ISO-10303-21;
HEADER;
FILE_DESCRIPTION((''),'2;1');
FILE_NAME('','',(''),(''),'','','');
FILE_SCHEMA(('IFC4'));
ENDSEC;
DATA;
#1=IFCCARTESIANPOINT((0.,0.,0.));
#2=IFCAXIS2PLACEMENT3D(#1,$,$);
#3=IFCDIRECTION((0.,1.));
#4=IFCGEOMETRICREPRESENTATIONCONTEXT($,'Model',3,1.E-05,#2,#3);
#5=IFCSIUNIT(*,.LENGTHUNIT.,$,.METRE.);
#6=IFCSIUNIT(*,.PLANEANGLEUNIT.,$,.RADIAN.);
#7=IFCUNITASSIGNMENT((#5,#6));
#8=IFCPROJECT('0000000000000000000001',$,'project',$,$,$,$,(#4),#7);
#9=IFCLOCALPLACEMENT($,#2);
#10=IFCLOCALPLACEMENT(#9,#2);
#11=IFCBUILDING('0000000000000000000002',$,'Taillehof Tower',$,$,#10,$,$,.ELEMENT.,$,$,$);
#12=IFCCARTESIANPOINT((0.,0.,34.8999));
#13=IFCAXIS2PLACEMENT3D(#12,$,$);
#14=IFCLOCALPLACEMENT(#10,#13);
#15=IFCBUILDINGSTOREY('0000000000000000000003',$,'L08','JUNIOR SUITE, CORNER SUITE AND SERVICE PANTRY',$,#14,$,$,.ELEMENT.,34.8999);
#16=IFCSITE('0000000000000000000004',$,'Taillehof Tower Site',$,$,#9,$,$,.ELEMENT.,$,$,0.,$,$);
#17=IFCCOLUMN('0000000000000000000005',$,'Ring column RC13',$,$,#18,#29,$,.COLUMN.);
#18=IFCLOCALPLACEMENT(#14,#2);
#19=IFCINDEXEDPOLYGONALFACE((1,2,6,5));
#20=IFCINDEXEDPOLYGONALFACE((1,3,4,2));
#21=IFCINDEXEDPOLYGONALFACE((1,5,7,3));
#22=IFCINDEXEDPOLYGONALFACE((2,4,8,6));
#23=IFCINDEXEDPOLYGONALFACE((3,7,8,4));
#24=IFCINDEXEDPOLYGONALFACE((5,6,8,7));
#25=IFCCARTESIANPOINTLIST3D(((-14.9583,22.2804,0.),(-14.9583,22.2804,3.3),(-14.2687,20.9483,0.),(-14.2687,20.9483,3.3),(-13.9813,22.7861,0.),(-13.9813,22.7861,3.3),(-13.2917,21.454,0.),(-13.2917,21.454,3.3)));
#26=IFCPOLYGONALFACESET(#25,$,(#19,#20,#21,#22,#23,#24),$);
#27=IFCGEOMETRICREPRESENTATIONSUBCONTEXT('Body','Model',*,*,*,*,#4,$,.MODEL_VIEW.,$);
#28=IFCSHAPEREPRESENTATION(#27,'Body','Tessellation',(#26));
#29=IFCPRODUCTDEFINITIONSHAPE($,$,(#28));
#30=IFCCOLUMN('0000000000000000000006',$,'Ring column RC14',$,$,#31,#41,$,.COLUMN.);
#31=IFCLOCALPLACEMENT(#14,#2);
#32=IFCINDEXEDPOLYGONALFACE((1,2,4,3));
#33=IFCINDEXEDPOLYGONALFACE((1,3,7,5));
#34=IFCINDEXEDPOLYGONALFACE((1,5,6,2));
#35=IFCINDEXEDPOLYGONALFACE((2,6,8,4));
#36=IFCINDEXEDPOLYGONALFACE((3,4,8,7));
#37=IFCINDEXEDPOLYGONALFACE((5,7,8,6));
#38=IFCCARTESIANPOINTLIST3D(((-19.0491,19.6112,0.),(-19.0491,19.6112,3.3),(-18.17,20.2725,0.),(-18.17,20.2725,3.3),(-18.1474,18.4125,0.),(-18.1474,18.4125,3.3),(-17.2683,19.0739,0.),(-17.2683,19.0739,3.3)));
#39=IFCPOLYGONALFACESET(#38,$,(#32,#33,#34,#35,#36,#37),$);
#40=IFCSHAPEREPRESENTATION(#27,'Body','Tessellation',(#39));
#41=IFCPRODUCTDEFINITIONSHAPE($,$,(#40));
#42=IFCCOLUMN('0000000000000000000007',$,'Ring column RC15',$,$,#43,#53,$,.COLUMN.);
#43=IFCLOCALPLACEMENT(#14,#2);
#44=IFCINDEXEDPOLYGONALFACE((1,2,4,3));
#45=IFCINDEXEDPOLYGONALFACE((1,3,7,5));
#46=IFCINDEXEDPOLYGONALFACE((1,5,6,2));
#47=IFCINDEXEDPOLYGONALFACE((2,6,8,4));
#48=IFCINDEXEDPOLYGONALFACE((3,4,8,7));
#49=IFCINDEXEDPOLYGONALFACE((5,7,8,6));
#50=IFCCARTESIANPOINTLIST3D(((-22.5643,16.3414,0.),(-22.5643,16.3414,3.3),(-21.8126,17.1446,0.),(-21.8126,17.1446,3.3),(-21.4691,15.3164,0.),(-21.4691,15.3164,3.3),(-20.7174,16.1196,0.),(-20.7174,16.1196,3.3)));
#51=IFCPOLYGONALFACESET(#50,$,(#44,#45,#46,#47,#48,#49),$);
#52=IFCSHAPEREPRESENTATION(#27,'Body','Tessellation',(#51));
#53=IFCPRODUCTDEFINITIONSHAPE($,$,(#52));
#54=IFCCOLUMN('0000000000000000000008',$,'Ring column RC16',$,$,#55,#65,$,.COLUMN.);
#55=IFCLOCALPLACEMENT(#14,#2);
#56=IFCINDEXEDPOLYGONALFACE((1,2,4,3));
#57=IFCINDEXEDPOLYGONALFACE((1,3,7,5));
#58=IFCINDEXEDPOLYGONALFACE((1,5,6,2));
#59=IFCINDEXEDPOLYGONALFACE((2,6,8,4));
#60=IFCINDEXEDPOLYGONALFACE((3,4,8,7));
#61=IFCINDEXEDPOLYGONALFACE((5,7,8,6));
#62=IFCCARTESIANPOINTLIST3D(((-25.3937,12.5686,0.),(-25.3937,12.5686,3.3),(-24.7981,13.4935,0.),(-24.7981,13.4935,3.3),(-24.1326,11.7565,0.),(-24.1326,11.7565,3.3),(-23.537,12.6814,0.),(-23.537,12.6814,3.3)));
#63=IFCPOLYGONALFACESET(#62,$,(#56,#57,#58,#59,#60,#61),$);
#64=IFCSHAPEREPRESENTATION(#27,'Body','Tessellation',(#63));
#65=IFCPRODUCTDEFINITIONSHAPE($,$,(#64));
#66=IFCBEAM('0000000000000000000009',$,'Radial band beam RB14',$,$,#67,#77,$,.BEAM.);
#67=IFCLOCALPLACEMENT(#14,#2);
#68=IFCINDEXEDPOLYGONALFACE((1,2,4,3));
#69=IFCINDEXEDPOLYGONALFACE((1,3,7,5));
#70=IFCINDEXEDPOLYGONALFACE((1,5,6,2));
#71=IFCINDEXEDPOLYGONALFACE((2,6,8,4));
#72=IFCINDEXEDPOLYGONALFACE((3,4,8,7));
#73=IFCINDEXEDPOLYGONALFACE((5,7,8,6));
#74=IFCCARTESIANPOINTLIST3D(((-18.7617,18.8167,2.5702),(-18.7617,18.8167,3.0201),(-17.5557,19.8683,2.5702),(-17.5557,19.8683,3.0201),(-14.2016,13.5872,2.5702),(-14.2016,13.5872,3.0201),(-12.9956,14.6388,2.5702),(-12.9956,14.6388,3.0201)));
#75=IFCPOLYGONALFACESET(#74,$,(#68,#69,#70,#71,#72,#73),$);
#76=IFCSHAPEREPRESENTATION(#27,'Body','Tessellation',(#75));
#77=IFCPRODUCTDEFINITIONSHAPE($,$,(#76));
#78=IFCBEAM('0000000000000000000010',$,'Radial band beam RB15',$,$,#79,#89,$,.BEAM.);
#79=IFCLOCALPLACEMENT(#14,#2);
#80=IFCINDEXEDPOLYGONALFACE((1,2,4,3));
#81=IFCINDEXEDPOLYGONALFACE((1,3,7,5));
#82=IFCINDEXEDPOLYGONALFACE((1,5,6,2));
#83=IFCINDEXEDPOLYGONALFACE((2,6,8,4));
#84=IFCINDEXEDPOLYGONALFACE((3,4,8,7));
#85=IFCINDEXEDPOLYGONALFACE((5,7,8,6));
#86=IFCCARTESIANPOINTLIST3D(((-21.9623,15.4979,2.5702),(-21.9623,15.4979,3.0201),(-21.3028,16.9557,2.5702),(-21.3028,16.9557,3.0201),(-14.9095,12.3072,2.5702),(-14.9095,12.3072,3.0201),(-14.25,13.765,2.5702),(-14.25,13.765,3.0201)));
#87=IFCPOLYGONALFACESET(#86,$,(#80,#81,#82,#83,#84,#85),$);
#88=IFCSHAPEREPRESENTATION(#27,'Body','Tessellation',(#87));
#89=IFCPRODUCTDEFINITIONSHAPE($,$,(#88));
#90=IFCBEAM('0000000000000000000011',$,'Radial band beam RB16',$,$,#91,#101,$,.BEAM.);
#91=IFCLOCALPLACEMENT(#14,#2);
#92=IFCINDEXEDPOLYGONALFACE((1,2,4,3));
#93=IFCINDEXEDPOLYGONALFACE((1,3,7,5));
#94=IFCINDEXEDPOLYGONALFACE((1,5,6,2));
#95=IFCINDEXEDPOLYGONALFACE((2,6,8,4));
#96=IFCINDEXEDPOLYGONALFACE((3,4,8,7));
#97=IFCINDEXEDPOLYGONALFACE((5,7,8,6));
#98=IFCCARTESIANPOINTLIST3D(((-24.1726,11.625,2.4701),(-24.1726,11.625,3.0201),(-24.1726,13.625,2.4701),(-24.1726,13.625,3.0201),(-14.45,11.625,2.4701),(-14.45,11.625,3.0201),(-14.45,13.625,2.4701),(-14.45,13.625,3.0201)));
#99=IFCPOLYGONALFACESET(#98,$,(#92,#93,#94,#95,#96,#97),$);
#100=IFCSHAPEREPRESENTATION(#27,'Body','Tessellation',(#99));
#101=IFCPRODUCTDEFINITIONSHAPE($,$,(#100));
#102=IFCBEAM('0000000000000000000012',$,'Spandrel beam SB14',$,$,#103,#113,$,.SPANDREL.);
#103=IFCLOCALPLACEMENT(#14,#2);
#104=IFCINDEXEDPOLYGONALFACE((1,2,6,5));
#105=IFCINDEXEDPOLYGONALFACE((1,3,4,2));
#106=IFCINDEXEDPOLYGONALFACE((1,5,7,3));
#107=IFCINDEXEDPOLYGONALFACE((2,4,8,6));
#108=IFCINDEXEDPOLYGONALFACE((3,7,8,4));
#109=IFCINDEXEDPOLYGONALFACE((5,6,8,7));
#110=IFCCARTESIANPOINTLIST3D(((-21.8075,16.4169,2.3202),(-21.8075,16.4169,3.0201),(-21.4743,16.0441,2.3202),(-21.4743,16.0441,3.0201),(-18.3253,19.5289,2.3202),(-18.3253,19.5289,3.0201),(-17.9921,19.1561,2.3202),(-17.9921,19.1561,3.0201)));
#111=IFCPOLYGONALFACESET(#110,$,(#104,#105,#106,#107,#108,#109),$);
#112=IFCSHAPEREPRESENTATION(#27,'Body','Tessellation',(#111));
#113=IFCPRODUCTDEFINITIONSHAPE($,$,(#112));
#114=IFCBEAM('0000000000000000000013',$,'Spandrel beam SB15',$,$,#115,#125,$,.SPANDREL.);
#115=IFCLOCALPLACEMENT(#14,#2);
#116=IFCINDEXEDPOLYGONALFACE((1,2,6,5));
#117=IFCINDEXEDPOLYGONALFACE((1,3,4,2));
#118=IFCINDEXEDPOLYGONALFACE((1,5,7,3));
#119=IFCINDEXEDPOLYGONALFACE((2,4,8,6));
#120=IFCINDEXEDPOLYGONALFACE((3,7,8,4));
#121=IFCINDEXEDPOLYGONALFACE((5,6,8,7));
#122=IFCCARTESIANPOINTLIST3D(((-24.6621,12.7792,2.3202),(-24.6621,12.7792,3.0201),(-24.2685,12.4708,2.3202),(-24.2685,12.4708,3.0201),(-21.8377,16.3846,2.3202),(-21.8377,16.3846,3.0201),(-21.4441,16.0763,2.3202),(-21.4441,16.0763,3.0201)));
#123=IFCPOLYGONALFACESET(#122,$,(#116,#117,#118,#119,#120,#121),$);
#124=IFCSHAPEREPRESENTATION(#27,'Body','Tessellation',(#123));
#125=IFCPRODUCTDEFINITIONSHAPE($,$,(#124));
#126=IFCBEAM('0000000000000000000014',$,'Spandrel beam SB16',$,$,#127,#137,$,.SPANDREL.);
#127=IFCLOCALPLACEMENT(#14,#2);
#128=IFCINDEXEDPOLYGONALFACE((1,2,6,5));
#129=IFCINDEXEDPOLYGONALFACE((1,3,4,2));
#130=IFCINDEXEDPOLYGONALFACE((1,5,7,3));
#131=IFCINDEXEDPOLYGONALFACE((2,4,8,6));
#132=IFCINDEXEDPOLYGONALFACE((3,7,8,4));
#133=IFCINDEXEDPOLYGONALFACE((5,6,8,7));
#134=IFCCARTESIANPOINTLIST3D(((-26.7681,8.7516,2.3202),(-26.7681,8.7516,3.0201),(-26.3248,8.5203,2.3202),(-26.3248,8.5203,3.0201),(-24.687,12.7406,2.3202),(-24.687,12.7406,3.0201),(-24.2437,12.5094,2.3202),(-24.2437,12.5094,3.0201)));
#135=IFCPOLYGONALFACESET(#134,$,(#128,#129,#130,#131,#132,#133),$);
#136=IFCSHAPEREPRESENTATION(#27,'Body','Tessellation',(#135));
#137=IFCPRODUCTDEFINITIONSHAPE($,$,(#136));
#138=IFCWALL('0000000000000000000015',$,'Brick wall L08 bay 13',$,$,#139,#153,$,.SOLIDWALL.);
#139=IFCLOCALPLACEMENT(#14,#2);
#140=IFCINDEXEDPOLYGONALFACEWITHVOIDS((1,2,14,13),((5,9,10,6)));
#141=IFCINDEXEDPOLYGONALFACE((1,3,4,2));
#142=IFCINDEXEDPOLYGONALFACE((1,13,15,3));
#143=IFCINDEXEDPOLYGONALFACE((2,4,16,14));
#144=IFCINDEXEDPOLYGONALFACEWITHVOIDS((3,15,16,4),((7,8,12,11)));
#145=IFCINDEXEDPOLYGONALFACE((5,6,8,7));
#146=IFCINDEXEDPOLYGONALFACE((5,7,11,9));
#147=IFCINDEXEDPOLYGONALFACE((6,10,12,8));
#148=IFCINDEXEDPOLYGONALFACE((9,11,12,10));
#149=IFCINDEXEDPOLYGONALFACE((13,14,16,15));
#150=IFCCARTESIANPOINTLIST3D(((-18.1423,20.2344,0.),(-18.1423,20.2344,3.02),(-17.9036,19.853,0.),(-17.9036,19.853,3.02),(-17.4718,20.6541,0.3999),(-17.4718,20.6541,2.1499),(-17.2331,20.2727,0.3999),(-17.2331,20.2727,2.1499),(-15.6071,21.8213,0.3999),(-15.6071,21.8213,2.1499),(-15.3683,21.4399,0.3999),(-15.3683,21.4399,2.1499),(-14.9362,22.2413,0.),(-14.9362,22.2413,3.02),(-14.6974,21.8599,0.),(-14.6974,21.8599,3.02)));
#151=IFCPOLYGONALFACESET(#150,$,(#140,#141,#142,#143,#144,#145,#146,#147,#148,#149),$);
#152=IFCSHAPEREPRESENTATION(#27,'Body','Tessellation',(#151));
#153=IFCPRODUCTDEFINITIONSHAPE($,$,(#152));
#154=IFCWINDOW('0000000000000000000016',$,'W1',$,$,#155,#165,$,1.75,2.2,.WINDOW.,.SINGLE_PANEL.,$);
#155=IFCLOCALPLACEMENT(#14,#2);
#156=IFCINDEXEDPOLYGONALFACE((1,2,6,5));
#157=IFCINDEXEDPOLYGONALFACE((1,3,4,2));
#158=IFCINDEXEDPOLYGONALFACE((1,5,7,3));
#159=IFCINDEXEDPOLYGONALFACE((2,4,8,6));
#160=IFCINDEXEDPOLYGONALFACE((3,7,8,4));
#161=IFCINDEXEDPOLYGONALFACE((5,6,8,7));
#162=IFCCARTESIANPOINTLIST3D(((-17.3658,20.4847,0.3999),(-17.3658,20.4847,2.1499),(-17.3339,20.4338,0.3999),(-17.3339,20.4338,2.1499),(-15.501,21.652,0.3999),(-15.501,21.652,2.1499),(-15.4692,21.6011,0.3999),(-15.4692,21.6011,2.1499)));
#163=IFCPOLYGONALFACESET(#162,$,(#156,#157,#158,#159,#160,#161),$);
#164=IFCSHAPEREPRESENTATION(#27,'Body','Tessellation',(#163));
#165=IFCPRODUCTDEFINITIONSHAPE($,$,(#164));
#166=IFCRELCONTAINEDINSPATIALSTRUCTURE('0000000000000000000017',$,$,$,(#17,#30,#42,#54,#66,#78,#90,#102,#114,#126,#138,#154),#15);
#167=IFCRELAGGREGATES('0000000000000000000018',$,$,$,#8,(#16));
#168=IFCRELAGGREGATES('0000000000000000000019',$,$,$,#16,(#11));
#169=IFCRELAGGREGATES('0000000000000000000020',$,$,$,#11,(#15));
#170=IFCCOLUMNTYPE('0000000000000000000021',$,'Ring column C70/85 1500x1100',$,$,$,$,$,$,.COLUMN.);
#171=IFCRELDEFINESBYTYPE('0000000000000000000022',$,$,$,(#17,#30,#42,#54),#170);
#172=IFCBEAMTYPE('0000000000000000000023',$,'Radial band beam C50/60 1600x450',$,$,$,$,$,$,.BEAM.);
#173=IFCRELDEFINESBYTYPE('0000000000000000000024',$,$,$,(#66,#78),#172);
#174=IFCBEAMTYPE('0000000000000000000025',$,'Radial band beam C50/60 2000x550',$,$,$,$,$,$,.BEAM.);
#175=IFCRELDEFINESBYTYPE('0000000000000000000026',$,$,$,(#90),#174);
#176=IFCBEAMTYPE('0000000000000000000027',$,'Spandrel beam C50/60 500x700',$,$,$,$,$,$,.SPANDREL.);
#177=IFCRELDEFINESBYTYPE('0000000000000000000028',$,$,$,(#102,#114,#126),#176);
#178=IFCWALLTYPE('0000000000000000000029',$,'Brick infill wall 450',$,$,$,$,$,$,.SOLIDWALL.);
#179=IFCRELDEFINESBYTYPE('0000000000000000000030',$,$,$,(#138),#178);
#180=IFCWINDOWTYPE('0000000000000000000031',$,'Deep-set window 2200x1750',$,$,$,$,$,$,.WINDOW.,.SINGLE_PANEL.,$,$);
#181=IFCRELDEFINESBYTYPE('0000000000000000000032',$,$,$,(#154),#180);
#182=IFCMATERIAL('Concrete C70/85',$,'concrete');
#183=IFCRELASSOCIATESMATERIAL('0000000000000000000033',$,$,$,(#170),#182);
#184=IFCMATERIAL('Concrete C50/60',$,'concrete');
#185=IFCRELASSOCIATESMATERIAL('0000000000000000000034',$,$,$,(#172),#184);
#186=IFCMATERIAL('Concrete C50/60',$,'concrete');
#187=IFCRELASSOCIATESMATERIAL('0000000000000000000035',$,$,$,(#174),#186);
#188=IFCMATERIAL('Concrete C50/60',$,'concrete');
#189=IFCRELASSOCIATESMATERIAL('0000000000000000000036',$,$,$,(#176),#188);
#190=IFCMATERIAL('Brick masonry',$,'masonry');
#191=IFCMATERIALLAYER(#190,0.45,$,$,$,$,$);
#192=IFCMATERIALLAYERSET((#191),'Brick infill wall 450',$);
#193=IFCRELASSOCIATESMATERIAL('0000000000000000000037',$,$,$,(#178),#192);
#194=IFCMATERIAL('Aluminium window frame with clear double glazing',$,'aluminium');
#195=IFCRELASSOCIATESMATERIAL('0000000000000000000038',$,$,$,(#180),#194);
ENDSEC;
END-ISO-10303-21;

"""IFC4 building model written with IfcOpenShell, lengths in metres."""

from ifc_helpers import new_model, si_unit, direction, frame, frame_2d, origin, origin_2d, place, context, subcontext, project, spatial, rectangle, extrude, material, layer, layer_set, material_profile, profile_set, type_object, element, fill, save


model = new_model("IFC4")

# Units and contexts
model_context = context("Model", 3, precision=1e-05, world=origin(), true_north=direction((0.0, 1.0)))
body_context = subcontext(model_context, "Body", "Model", "MODEL_VIEW")
ifc_project = project(units=[si_unit("LENGTHUNIT", "METRE"), si_unit("PLANEANGLEUNIT", "RADIAN")], contexts=[model_context])

# Site, building, storey
site_placement = place(None, origin())
site = spatial("IfcSite", under=ifc_project, at=site_placement, Name="Taillehof Tower Site", CompositionType="ELEMENT", RefElevation=0.0)
building_placement = place(site_placement, origin())
building = spatial("IfcBuilding", under=site, at=building_placement, Name="Taillehof Tower", CompositionType="ELEMENT")
storey_placement = place(building_placement, frame((0.0, 0.0, 34.8999)))
storey = spatial("IfcBuildingStorey", under=building, at=storey_placement, Name="L08", Description="JUNIOR SUITE, CORNER SUITE AND SERVICE PANTRY", CompositionType="ELEMENT", Elevation=34.8999)

# Columns
ifc_material_1 = material(Name="Concrete C70/85", Category="concrete")
ifc_material_profile_1 = material_profile(ifc_material_1, rectangle(XDim=1.5, YDim=1.1001, at=origin_2d()), Name="RC 1500x1100")
ifc_profile_set_1 = profile_set([ifc_material_profile_1], Name="Concrete C70/85")
column_type = type_object("IfcColumnType", Name="Ring column C70/85 1500x1100", PredefinedType="COLUMN", material=ifc_profile_set_1)
for number, where, z_axis, x_axis, name in (
    (1, (-14.125, 21.8672, 0.0), (0.0, 0.0, 1.0), (-0.459691, 0.888079, 0.0), "Ring column RC13"),
    (2, (-18.1587, 19.3425, 0.0), (0.0, 0.0, 1.0), (-0.601174, 0.799118, 0.0), "Ring column RC14"),
    (3, (-21.6409, 16.2305, 0.0), (0.0, 0.0, 1.0), (-0.730113, 0.683326, 0.0), "Ring column RC15"),
    (4, (-24.4653, 12.625, 0.0), (0.0, 0.0, 1.0), (-0.840754, 0.541418, 0.0), "Ring column RC16"),
):
    element("IfcColumn", number, at=place(storey_placement, frame(where, z_axis=z_axis, x_axis=x_axis)), inside=storey, type_object=column_type, Name=name, PredefinedType="COLUMN", context=body_context, shape_type="SweptSolid", body=[
        extrude(rectangle(XDim=1.5, YDim=1.1001, at=origin_2d()), origin(), (0.0, 0.0, 1.0), 3.3),
    ])

# Beams
ifc_material_2 = material(Name="Concrete C50/60", Category="concrete")
ifc_material_profile_2 = material_profile(ifc_material_2, rectangle(XDim=1.6001, YDim=0.45, at=origin_2d()), Name="RC 1600x450")
ifc_profile_set_2 = profile_set([ifc_material_profile_2], Name="Concrete C50/60")
beam_type_1 = type_object("IfcBeamType", Name="Radial band beam C50/60 1600x450", PredefinedType="BEAM", material=ifc_profile_set_2)
beam_1_placement = place(storey_placement, frame((-18.1587, 19.3425, 2.7952), z_axis=(0.657218, -0.7537, 0.0), x_axis=(0.7537, 0.657218, 0.0)))
element("IfcBeam", 5, at=beam_1_placement, inside=storey, type_object=beam_type_1, Name="Radial band beam RB14", PredefinedType="BEAM", context=body_context, shape_type="SweptSolid", body=[
    extrude(rectangle(XDim=1.6001, YDim=0.45, at=origin_2d()), origin(), (0.0, 0.0, 1.0), 6.9385),
])
beam_2_placement = place(storey_placement, frame((-21.6326, 16.2268, 2.7952), z_axis=(0.911101, -0.412184, 0.0), x_axis=(0.412184, 0.911101, 0.0)))
element("IfcBeam", 6, at=beam_2_placement, inside=storey, type_object=beam_type_1, Name="Radial band beam RB15", PredefinedType="BEAM", context=body_context, shape_type="SweptSolid", body=[
    extrude(rectangle(XDim=1.6001, YDim=0.45, at=origin_2d()), origin(), (0.0, 0.0, 1.0), 7.741),
])
ifc_material_3 = material(Name="Concrete C50/60", Category="concrete")
ifc_material_profile_3 = material_profile(ifc_material_3, rectangle(XDim=2.0, YDim=0.55, at=origin_2d()), Name="RC 2000x550")
ifc_profile_set_3 = profile_set([ifc_material_profile_3], Name="Concrete C50/60")
beam_type_2 = type_object("IfcBeamType", Name="Radial band beam C50/60 2000x550", PredefinedType="BEAM", material=ifc_profile_set_3)
beam_3_placement = place(storey_placement, frame((-24.1726, 12.625, 2.7451), z_axis=(1.0, 0.0, 0.0), x_axis=(0.0, 1.0, 0.0)))
element("IfcBeam", 7, at=beam_3_placement, inside=storey, type_object=beam_type_2, Name="Radial band beam RB16", PredefinedType="BEAM", context=body_context, shape_type="SweptSolid", body=[
    extrude(rectangle(XDim=2.0, YDim=0.55, at=origin_2d()), origin(), (0.0, 0.0, 1.0), 9.7227),
])
ifc_material_4 = material(Name="Concrete C50/60", Category="concrete")
ifc_material_profile_4 = material_profile(ifc_material_4, rectangle(XDim=0.5, YDim=0.7, at=origin_2d()), Name="RC 500x700")
ifc_profile_set_4 = profile_set([ifc_material_profile_4], Name="Concrete C50/60")
beam_type_3 = type_object("IfcBeamType", Name="Spandrel beam C50/60 500x700", PredefinedType="SPANDREL", material=ifc_profile_set_4)
beam_4_placement = place(storey_placement, frame((-18.1587, 19.3425, 2.6702), z_axis=(-0.745621, -0.66637, 0.0), x_axis=(0.66637, -0.745621, 0.0)))
element("IfcBeam", 8, at=beam_4_placement, inside=storey, type_object=beam_type_3, Name="Spandrel beam SB14", PredefinedType="SPANDREL", context=body_context, shape_type="SweptSolid", body=[
    extrude(rectangle(XDim=0.5, YDim=0.7, at=origin_2d()), origin(), (0.0, 0.0, 1.0), 4.6702),
])
beam_5_placement = place(storey_placement, frame((-21.6409, 16.2305, 2.6702), z_axis=(-0.616686, -0.787209, 0.0), x_axis=(0.787209, -0.616686, 0.0)))
element("IfcBeam", 9, at=beam_5_placement, inside=storey, type_object=beam_type_3, Name="Spandrel beam SB15", PredefinedType="SPANDREL", context=body_context, shape_type="SweptSolid", body=[
    extrude(rectangle(XDim=0.5, YDim=0.7, at=origin_2d()), origin(), (0.0, 0.0, 1.0), 4.5801),
])
beam_6_placement = place(storey_placement, frame((-24.4653, 12.625, 2.6702), z_axis=(-0.462536, -0.8866, 0.0), x_axis=(0.8866, -0.462536, 0.0)))
element("IfcBeam", 10, at=beam_6_placement, inside=storey, type_object=beam_type_3, Name="Spandrel beam SB16", PredefinedType="SPANDREL", context=body_context, shape_type="SweptSolid", body=[
    extrude(rectangle(XDim=0.5, YDim=0.7, at=origin_2d()), origin(), (0.0, 0.0, 1.0), 4.4993),
])

# Wall, opening, window
ifc_material_5 = material(Name="Brick masonry", Category="masonry")
ifc_layer_1 = layer(ifc_material_5, 0.45)
ifc_layer_set_1 = layer_set([ifc_layer_1], Name="Brick infill wall 450")
wall_type_1 = type_object("IfcWallType", Name="Brick infill wall 450", PredefinedType="SOLIDWALL", material=ifc_layer_set_1)
wall_1_placement = place(storey_placement, frame((-14.8169, 22.0505, 0.0), z_axis=(0.0, 0.0, 1.0), x_axis=(-0.847635, -0.530579, 0.0)))
wall_1 = element("IfcWall", 11, at=wall_1_placement, inside=storey, type_object=wall_type_1, Name="Brick wall L08 bay 13", PredefinedType="SOLIDWALL", context=body_context, shape_type="SweptSolid", body=[
    extrude(rectangle(XDim=3.7825, YDim=0.45, at=frame_2d((1.8911, 0.0))), origin(), (0.0, 0.0, 1.0), 3.02),
])
opening_1_placement = place(wall_1_placement, frame((0.7913, 0.0, 0.3999)))
opening_1 = element("IfcOpeningElement", 12, at=opening_1_placement, cuts=wall_1, PredefinedType="OPENING", context=body_context, shape_type="SweptSolid", body=[
    extrude(rectangle(XDim=2.2, YDim=1.75, at=frame_2d((1.1001, 0.875))), frame((0.0, 0.2349, 0.0), z_axis=(0.0, -1.0, 0.0), x_axis=(1.0, 0.0, 0.0)), (0.0, 0.0, 1.0), 0.47),
])
ifc_material_6 = material(Name="Aluminium window frame with clear double glazing", Category="aluminium")
window_type_1 = type_object("IfcWindowType", Name="Deep-set window 2200x1750", PartitioningType="SINGLE_PANEL", PredefinedType="WINDOW", material=ifc_material_6)
window_1_placement = place(opening_1_placement, origin())
window_1 = element("IfcWindow", 13, at=window_1_placement, inside=storey, type_object=window_type_1, Name="W1", OverallHeight=1.75, OverallWidth=2.2, PartitioningType="SINGLE_PANEL", PredefinedType="WINDOW", context=body_context, shape_type="SweptSolid", body=[
    extrude(rectangle(XDim=2.2, YDim=1.75, at=frame_2d((1.1001, 0.875))), frame((0.0, 0.0349, 0.0), z_axis=(0.0, -1.0, 0.0), x_axis=(1.0, 0.0, 0.0)), (0.0, 0.0, 1.0), 0.0601),
])
fill(opening_1, window_1)

save(model, "model.ifc")
